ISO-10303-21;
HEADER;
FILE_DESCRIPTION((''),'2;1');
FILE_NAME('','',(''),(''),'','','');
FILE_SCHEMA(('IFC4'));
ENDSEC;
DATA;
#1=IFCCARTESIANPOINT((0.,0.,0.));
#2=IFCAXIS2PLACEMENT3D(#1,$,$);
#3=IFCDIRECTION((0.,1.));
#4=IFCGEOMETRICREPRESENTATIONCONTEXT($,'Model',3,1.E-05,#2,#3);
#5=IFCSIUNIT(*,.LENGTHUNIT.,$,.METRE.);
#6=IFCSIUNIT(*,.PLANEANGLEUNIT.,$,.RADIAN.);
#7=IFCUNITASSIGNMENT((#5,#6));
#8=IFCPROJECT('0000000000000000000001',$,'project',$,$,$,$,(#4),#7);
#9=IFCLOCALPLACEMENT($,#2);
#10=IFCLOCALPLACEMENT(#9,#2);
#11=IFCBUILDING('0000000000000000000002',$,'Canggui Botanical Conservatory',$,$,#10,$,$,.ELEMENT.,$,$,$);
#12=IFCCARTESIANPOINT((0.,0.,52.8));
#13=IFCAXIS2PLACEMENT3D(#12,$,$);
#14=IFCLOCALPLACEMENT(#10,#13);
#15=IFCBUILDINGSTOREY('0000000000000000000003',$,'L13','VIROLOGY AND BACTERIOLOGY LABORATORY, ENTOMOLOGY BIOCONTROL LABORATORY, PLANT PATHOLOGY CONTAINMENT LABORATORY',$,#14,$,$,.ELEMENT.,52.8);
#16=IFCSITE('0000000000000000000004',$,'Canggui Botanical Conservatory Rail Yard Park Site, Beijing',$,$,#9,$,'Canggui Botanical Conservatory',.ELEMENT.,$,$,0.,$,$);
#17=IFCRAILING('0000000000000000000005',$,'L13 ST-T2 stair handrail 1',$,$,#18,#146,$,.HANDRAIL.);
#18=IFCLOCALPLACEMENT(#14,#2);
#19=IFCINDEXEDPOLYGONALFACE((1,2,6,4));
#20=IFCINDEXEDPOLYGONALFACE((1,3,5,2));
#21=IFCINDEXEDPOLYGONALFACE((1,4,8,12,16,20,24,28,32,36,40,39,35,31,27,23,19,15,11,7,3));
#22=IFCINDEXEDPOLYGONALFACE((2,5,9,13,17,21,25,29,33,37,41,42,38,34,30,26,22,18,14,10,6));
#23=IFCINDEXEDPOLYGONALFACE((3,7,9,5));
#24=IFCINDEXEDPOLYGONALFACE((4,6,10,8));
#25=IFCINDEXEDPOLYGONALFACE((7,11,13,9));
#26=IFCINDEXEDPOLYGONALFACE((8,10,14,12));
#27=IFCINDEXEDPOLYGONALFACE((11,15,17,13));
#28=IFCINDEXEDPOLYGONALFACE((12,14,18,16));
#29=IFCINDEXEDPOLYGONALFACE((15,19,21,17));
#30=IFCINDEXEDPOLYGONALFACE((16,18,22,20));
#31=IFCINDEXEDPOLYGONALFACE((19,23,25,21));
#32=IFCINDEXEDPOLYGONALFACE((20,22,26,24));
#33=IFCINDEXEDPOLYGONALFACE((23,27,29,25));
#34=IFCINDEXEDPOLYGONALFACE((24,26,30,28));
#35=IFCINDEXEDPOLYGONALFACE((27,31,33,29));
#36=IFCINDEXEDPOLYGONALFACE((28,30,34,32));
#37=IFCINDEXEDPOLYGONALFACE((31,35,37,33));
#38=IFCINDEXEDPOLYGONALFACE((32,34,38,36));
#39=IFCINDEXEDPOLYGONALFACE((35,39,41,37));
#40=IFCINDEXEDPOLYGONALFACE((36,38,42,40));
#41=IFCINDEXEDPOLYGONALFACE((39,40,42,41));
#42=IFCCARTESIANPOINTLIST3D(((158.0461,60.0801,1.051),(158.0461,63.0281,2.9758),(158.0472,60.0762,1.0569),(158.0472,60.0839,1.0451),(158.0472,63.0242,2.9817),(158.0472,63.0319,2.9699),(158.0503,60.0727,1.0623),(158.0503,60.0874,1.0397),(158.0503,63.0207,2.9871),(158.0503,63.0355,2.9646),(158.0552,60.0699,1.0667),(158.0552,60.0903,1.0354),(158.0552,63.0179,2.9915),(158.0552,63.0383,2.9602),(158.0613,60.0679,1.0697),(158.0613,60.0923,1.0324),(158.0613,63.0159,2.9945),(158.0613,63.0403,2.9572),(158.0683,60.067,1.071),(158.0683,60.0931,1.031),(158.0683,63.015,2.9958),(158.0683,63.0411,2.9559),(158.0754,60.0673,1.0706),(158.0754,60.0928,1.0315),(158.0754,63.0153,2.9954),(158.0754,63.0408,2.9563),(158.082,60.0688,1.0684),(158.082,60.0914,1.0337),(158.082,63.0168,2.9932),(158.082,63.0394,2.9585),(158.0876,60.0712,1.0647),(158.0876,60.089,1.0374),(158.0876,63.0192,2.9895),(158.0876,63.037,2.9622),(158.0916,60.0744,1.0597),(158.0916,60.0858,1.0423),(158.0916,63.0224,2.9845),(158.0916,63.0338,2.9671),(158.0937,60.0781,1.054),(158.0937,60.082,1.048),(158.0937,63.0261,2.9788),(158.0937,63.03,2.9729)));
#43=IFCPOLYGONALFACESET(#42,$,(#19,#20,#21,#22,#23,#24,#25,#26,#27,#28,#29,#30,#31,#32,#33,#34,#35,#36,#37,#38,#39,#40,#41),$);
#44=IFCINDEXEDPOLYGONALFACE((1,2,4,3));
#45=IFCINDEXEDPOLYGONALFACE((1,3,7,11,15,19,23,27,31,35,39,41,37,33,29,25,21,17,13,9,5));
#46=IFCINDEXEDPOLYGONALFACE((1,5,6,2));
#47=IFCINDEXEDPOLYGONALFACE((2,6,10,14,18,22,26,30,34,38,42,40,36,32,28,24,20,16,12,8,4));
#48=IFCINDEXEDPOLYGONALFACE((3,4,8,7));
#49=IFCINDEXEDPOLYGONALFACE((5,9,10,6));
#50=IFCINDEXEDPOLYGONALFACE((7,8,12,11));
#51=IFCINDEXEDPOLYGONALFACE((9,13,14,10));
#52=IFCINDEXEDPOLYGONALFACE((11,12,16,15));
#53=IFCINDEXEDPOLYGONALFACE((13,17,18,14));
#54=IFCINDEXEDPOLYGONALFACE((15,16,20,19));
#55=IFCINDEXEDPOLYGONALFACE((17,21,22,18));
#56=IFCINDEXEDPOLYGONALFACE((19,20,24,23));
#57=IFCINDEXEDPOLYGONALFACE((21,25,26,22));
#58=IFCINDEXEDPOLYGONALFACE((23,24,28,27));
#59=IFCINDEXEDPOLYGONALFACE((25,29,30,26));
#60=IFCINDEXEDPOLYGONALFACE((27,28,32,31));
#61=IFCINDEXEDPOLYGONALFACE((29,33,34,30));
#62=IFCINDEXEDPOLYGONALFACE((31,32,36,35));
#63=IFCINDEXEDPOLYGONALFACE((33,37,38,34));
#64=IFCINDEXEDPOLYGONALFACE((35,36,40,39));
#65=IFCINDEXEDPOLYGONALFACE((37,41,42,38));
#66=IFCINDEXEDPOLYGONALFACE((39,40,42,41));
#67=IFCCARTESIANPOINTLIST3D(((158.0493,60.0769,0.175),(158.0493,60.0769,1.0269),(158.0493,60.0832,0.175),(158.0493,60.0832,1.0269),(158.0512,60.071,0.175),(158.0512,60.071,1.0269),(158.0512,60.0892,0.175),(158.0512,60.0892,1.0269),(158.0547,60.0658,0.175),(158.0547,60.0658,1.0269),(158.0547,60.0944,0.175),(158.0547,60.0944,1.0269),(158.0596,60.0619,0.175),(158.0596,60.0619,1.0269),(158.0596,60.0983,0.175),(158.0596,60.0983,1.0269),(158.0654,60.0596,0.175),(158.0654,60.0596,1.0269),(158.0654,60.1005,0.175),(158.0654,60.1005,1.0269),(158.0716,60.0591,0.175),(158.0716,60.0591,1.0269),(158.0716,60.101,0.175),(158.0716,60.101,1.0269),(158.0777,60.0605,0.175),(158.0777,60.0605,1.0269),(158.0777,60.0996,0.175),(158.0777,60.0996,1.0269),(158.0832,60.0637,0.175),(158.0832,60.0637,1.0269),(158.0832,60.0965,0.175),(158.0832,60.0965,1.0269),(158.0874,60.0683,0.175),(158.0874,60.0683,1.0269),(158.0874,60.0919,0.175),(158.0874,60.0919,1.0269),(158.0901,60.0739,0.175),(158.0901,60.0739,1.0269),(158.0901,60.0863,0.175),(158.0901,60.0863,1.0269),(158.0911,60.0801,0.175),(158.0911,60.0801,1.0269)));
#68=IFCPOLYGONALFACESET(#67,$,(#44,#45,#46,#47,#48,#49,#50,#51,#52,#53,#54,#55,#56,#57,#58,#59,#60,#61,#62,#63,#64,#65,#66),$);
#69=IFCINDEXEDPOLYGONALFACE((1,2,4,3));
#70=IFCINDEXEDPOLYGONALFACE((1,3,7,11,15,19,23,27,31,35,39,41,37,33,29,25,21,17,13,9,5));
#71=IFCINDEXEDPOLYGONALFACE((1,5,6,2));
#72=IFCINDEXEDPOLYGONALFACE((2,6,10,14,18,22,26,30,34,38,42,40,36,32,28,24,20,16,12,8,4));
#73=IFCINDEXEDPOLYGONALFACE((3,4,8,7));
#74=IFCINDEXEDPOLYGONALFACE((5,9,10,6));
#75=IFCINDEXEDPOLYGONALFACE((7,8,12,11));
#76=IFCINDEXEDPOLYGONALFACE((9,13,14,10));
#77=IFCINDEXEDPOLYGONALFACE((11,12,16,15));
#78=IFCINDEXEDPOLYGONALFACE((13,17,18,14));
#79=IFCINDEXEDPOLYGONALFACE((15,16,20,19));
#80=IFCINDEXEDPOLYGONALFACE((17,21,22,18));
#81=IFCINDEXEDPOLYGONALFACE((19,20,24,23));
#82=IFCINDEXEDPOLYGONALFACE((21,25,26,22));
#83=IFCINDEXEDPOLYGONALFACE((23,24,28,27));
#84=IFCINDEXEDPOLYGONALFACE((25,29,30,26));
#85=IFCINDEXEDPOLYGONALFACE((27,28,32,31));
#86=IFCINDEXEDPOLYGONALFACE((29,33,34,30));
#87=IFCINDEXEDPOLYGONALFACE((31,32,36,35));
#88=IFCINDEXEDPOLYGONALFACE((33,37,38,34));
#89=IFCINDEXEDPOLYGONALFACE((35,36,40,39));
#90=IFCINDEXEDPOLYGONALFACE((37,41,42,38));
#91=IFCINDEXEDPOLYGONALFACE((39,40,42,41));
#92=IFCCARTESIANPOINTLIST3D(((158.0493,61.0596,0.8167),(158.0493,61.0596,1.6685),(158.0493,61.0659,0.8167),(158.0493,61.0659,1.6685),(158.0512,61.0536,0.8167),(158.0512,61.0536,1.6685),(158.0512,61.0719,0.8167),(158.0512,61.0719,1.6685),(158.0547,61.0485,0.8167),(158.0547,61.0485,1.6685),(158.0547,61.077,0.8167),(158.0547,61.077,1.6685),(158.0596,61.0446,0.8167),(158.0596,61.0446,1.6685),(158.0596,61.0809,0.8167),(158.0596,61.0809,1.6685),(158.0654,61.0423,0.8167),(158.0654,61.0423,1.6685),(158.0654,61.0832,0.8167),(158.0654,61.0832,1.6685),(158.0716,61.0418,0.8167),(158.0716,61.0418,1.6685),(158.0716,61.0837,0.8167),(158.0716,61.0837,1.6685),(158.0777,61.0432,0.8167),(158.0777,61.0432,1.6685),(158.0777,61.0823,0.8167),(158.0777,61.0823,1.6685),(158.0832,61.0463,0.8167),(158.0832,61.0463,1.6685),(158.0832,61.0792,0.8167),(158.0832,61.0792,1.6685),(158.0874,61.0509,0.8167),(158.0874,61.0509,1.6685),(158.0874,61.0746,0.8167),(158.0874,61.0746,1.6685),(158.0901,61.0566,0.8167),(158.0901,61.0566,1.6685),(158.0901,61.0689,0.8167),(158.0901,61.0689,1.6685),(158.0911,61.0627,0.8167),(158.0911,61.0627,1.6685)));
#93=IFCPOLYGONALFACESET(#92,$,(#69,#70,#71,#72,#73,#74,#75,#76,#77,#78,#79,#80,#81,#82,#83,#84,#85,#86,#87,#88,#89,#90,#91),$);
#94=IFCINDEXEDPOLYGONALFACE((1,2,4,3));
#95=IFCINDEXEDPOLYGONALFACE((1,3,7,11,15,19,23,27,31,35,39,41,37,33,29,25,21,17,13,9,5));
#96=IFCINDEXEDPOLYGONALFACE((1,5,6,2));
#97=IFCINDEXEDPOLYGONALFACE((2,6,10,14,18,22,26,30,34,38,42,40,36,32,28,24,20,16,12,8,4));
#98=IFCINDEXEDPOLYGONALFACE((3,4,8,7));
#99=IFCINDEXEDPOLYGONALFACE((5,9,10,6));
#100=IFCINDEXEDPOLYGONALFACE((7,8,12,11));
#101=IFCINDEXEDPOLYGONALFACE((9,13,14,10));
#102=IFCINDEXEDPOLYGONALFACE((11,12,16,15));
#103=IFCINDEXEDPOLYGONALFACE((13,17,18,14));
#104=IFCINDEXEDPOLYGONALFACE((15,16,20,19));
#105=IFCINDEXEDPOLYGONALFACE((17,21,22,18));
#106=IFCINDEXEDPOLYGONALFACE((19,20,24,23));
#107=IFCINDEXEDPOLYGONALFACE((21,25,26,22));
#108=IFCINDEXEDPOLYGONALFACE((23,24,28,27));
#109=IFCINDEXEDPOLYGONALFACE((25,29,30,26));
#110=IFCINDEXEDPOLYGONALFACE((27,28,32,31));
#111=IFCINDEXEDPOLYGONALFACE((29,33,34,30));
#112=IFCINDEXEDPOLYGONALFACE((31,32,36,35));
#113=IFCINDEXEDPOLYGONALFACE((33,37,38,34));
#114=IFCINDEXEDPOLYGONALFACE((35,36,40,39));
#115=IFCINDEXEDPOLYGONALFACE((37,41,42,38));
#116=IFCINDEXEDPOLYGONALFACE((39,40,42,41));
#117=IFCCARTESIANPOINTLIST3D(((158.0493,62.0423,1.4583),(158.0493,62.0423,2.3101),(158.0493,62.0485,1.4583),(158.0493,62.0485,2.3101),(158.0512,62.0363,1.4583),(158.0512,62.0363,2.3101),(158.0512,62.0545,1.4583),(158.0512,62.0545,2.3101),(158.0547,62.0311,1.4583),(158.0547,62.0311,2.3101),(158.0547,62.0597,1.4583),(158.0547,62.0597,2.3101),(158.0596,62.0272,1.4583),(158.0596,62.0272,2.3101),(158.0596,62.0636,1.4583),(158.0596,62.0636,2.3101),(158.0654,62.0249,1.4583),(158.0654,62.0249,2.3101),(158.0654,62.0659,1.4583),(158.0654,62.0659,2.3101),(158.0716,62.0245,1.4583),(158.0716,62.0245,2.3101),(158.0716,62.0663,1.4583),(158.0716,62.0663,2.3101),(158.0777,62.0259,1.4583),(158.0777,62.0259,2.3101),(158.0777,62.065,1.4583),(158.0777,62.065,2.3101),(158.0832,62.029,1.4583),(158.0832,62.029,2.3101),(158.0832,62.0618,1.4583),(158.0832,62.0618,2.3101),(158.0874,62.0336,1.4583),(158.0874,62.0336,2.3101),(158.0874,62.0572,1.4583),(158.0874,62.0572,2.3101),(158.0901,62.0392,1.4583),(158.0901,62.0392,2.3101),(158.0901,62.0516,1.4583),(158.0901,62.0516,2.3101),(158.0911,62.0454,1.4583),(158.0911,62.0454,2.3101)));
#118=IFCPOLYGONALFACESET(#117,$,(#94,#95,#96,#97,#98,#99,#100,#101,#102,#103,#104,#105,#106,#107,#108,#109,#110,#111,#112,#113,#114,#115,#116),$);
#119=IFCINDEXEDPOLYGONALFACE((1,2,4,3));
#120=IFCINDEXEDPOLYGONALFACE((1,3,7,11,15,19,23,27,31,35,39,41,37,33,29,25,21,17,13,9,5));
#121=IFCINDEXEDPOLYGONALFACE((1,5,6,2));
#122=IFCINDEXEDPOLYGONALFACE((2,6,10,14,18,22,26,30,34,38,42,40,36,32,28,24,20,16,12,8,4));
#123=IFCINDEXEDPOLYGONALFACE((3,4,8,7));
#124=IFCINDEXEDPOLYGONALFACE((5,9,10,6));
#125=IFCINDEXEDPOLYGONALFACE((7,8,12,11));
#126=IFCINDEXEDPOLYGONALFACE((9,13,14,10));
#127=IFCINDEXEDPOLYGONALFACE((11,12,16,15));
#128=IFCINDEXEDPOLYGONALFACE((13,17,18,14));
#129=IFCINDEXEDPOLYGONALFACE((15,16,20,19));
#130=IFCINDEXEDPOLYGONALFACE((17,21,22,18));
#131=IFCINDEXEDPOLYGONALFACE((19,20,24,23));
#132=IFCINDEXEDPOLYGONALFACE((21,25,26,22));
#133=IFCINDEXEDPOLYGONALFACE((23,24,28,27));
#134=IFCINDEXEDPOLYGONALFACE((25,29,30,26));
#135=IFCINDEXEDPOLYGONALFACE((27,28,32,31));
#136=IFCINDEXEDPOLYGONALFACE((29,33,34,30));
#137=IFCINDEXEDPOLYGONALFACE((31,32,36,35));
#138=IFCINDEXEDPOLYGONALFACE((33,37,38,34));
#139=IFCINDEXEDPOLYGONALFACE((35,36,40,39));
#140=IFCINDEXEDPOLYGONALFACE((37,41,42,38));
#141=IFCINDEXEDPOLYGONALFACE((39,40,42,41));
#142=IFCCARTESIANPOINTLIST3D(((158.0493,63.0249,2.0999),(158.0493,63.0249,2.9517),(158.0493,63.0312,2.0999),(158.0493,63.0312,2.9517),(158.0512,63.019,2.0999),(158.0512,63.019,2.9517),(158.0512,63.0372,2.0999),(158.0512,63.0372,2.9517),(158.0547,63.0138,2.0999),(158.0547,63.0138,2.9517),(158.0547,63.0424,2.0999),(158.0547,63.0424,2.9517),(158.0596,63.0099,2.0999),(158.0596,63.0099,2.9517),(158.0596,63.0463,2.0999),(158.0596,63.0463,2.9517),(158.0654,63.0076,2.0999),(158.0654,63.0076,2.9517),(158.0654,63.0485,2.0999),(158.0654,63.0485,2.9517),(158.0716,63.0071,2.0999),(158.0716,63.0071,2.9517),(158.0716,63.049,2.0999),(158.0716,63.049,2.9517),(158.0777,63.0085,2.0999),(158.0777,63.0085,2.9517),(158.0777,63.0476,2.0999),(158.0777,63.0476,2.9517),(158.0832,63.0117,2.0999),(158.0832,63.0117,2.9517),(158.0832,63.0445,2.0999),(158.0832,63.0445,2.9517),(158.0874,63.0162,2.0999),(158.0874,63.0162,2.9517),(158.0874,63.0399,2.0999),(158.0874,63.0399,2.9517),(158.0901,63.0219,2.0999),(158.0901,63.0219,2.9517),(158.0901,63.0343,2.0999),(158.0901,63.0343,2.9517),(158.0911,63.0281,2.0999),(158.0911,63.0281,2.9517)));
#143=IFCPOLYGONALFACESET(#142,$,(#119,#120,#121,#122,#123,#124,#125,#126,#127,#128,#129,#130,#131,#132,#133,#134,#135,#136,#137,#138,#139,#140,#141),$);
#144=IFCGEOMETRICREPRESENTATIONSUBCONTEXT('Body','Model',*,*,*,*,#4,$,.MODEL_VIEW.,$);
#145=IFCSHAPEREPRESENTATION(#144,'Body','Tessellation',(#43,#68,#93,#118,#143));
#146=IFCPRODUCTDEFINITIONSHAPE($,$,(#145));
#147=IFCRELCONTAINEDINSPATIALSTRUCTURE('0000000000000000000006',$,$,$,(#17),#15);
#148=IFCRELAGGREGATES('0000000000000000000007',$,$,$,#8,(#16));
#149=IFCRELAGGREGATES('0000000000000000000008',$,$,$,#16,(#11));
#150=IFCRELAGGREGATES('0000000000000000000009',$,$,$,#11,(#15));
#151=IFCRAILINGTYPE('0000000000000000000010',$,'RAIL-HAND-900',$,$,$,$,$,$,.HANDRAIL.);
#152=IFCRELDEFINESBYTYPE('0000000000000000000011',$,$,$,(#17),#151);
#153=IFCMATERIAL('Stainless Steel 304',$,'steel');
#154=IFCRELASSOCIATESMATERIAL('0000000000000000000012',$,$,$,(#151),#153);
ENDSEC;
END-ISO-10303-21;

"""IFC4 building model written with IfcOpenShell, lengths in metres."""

from ifc_helpers import new_model, si_unit, direction, frame, origin, origin_2d, place, context, subcontext, project, spatial, circle, extrude, material, type_object, element, save


model = new_model("IFC4")

# Units and contexts
model_context = context("Model", 3, precision=1e-05, world=origin(), true_north=direction((0.0, 1.0)))
body_context = subcontext(model_context, "Body", "Model", "MODEL_VIEW")
ifc_project = project(units=[si_unit("LENGTHUNIT", "METRE"), si_unit("PLANEANGLEUNIT", "RADIAN")], contexts=[model_context])

# Site, building, storey
site_placement = place(None, origin())
site = spatial("IfcSite", under=ifc_project, at=site_placement, Name="Canggui Botanical Conservatory Rail Yard Park Site, Beijing", LongName="Canggui Botanical Conservatory", CompositionType="ELEMENT", RefElevation=0.0)
building_placement = place(site_placement, origin())
building = spatial("IfcBuilding", under=site, at=building_placement, Name="Canggui Botanical Conservatory", CompositionType="ELEMENT")
storey_placement = place(building_placement, frame((0.0, 0.0, 52.8)))
storey = spatial("IfcBuildingStorey", under=building, at=storey_placement, Name="L13", Description="VIROLOGY AND BACTERIOLOGY LABORATORY, ENTOMOLOGY BIOCONTROL LABORATORY, PLANT PATHOLOGY CONTAINMENT LABORATORY", CompositionType="ELEMENT", Elevation=52.8)

# Railing
ifc_material_1 = material(Name="Stainless Steel 304", Category="steel")
railing_type_1 = type_object("IfcRailingType", Name="RAIL-HAND-900", PredefinedType="HANDRAIL", material=ifc_material_1)
railing_1_placement = place(storey_placement, frame((158.0701, 60.0801, 0.175)))
element("IfcRailing", 1, at=railing_1_placement, inside=storey, type_object=railing_type_1, Name="L13 ST-T2 stair handrail 1", PredefinedType="HANDRAIL", context=body_context, shape_type="SweptSolid", body=[
    extrude(circle(Radius=0.0239, at=origin_2d()), frame((0.0, 0.0, 0.876), z_axis=(0.0, 0.837325, 0.546706), x_axis=(-1.0, 0.0, 0.0)), (0.0, 0.0, 1.0), 3.5208),
    extrude(circle(Radius=0.021, at=origin_2d()), origin(), (0.0, 0.0, 1.0), 0.8518),
    extrude(circle(Radius=0.021, at=origin_2d()), frame((0.0, 0.9827, 0.6416)), (0.0, 0.0, 1.0), 0.8518),
    extrude(circle(Radius=0.021, at=origin_2d()), frame((0.0, 1.9653, 1.2832)), (0.0, 0.0, 1.0), 0.8518),
    extrude(circle(Radius=0.021, at=origin_2d()), frame((0.0, 2.948, 1.9248)), (0.0, 0.0, 1.0), 0.8518),
])

save(model, "model.ifc")
